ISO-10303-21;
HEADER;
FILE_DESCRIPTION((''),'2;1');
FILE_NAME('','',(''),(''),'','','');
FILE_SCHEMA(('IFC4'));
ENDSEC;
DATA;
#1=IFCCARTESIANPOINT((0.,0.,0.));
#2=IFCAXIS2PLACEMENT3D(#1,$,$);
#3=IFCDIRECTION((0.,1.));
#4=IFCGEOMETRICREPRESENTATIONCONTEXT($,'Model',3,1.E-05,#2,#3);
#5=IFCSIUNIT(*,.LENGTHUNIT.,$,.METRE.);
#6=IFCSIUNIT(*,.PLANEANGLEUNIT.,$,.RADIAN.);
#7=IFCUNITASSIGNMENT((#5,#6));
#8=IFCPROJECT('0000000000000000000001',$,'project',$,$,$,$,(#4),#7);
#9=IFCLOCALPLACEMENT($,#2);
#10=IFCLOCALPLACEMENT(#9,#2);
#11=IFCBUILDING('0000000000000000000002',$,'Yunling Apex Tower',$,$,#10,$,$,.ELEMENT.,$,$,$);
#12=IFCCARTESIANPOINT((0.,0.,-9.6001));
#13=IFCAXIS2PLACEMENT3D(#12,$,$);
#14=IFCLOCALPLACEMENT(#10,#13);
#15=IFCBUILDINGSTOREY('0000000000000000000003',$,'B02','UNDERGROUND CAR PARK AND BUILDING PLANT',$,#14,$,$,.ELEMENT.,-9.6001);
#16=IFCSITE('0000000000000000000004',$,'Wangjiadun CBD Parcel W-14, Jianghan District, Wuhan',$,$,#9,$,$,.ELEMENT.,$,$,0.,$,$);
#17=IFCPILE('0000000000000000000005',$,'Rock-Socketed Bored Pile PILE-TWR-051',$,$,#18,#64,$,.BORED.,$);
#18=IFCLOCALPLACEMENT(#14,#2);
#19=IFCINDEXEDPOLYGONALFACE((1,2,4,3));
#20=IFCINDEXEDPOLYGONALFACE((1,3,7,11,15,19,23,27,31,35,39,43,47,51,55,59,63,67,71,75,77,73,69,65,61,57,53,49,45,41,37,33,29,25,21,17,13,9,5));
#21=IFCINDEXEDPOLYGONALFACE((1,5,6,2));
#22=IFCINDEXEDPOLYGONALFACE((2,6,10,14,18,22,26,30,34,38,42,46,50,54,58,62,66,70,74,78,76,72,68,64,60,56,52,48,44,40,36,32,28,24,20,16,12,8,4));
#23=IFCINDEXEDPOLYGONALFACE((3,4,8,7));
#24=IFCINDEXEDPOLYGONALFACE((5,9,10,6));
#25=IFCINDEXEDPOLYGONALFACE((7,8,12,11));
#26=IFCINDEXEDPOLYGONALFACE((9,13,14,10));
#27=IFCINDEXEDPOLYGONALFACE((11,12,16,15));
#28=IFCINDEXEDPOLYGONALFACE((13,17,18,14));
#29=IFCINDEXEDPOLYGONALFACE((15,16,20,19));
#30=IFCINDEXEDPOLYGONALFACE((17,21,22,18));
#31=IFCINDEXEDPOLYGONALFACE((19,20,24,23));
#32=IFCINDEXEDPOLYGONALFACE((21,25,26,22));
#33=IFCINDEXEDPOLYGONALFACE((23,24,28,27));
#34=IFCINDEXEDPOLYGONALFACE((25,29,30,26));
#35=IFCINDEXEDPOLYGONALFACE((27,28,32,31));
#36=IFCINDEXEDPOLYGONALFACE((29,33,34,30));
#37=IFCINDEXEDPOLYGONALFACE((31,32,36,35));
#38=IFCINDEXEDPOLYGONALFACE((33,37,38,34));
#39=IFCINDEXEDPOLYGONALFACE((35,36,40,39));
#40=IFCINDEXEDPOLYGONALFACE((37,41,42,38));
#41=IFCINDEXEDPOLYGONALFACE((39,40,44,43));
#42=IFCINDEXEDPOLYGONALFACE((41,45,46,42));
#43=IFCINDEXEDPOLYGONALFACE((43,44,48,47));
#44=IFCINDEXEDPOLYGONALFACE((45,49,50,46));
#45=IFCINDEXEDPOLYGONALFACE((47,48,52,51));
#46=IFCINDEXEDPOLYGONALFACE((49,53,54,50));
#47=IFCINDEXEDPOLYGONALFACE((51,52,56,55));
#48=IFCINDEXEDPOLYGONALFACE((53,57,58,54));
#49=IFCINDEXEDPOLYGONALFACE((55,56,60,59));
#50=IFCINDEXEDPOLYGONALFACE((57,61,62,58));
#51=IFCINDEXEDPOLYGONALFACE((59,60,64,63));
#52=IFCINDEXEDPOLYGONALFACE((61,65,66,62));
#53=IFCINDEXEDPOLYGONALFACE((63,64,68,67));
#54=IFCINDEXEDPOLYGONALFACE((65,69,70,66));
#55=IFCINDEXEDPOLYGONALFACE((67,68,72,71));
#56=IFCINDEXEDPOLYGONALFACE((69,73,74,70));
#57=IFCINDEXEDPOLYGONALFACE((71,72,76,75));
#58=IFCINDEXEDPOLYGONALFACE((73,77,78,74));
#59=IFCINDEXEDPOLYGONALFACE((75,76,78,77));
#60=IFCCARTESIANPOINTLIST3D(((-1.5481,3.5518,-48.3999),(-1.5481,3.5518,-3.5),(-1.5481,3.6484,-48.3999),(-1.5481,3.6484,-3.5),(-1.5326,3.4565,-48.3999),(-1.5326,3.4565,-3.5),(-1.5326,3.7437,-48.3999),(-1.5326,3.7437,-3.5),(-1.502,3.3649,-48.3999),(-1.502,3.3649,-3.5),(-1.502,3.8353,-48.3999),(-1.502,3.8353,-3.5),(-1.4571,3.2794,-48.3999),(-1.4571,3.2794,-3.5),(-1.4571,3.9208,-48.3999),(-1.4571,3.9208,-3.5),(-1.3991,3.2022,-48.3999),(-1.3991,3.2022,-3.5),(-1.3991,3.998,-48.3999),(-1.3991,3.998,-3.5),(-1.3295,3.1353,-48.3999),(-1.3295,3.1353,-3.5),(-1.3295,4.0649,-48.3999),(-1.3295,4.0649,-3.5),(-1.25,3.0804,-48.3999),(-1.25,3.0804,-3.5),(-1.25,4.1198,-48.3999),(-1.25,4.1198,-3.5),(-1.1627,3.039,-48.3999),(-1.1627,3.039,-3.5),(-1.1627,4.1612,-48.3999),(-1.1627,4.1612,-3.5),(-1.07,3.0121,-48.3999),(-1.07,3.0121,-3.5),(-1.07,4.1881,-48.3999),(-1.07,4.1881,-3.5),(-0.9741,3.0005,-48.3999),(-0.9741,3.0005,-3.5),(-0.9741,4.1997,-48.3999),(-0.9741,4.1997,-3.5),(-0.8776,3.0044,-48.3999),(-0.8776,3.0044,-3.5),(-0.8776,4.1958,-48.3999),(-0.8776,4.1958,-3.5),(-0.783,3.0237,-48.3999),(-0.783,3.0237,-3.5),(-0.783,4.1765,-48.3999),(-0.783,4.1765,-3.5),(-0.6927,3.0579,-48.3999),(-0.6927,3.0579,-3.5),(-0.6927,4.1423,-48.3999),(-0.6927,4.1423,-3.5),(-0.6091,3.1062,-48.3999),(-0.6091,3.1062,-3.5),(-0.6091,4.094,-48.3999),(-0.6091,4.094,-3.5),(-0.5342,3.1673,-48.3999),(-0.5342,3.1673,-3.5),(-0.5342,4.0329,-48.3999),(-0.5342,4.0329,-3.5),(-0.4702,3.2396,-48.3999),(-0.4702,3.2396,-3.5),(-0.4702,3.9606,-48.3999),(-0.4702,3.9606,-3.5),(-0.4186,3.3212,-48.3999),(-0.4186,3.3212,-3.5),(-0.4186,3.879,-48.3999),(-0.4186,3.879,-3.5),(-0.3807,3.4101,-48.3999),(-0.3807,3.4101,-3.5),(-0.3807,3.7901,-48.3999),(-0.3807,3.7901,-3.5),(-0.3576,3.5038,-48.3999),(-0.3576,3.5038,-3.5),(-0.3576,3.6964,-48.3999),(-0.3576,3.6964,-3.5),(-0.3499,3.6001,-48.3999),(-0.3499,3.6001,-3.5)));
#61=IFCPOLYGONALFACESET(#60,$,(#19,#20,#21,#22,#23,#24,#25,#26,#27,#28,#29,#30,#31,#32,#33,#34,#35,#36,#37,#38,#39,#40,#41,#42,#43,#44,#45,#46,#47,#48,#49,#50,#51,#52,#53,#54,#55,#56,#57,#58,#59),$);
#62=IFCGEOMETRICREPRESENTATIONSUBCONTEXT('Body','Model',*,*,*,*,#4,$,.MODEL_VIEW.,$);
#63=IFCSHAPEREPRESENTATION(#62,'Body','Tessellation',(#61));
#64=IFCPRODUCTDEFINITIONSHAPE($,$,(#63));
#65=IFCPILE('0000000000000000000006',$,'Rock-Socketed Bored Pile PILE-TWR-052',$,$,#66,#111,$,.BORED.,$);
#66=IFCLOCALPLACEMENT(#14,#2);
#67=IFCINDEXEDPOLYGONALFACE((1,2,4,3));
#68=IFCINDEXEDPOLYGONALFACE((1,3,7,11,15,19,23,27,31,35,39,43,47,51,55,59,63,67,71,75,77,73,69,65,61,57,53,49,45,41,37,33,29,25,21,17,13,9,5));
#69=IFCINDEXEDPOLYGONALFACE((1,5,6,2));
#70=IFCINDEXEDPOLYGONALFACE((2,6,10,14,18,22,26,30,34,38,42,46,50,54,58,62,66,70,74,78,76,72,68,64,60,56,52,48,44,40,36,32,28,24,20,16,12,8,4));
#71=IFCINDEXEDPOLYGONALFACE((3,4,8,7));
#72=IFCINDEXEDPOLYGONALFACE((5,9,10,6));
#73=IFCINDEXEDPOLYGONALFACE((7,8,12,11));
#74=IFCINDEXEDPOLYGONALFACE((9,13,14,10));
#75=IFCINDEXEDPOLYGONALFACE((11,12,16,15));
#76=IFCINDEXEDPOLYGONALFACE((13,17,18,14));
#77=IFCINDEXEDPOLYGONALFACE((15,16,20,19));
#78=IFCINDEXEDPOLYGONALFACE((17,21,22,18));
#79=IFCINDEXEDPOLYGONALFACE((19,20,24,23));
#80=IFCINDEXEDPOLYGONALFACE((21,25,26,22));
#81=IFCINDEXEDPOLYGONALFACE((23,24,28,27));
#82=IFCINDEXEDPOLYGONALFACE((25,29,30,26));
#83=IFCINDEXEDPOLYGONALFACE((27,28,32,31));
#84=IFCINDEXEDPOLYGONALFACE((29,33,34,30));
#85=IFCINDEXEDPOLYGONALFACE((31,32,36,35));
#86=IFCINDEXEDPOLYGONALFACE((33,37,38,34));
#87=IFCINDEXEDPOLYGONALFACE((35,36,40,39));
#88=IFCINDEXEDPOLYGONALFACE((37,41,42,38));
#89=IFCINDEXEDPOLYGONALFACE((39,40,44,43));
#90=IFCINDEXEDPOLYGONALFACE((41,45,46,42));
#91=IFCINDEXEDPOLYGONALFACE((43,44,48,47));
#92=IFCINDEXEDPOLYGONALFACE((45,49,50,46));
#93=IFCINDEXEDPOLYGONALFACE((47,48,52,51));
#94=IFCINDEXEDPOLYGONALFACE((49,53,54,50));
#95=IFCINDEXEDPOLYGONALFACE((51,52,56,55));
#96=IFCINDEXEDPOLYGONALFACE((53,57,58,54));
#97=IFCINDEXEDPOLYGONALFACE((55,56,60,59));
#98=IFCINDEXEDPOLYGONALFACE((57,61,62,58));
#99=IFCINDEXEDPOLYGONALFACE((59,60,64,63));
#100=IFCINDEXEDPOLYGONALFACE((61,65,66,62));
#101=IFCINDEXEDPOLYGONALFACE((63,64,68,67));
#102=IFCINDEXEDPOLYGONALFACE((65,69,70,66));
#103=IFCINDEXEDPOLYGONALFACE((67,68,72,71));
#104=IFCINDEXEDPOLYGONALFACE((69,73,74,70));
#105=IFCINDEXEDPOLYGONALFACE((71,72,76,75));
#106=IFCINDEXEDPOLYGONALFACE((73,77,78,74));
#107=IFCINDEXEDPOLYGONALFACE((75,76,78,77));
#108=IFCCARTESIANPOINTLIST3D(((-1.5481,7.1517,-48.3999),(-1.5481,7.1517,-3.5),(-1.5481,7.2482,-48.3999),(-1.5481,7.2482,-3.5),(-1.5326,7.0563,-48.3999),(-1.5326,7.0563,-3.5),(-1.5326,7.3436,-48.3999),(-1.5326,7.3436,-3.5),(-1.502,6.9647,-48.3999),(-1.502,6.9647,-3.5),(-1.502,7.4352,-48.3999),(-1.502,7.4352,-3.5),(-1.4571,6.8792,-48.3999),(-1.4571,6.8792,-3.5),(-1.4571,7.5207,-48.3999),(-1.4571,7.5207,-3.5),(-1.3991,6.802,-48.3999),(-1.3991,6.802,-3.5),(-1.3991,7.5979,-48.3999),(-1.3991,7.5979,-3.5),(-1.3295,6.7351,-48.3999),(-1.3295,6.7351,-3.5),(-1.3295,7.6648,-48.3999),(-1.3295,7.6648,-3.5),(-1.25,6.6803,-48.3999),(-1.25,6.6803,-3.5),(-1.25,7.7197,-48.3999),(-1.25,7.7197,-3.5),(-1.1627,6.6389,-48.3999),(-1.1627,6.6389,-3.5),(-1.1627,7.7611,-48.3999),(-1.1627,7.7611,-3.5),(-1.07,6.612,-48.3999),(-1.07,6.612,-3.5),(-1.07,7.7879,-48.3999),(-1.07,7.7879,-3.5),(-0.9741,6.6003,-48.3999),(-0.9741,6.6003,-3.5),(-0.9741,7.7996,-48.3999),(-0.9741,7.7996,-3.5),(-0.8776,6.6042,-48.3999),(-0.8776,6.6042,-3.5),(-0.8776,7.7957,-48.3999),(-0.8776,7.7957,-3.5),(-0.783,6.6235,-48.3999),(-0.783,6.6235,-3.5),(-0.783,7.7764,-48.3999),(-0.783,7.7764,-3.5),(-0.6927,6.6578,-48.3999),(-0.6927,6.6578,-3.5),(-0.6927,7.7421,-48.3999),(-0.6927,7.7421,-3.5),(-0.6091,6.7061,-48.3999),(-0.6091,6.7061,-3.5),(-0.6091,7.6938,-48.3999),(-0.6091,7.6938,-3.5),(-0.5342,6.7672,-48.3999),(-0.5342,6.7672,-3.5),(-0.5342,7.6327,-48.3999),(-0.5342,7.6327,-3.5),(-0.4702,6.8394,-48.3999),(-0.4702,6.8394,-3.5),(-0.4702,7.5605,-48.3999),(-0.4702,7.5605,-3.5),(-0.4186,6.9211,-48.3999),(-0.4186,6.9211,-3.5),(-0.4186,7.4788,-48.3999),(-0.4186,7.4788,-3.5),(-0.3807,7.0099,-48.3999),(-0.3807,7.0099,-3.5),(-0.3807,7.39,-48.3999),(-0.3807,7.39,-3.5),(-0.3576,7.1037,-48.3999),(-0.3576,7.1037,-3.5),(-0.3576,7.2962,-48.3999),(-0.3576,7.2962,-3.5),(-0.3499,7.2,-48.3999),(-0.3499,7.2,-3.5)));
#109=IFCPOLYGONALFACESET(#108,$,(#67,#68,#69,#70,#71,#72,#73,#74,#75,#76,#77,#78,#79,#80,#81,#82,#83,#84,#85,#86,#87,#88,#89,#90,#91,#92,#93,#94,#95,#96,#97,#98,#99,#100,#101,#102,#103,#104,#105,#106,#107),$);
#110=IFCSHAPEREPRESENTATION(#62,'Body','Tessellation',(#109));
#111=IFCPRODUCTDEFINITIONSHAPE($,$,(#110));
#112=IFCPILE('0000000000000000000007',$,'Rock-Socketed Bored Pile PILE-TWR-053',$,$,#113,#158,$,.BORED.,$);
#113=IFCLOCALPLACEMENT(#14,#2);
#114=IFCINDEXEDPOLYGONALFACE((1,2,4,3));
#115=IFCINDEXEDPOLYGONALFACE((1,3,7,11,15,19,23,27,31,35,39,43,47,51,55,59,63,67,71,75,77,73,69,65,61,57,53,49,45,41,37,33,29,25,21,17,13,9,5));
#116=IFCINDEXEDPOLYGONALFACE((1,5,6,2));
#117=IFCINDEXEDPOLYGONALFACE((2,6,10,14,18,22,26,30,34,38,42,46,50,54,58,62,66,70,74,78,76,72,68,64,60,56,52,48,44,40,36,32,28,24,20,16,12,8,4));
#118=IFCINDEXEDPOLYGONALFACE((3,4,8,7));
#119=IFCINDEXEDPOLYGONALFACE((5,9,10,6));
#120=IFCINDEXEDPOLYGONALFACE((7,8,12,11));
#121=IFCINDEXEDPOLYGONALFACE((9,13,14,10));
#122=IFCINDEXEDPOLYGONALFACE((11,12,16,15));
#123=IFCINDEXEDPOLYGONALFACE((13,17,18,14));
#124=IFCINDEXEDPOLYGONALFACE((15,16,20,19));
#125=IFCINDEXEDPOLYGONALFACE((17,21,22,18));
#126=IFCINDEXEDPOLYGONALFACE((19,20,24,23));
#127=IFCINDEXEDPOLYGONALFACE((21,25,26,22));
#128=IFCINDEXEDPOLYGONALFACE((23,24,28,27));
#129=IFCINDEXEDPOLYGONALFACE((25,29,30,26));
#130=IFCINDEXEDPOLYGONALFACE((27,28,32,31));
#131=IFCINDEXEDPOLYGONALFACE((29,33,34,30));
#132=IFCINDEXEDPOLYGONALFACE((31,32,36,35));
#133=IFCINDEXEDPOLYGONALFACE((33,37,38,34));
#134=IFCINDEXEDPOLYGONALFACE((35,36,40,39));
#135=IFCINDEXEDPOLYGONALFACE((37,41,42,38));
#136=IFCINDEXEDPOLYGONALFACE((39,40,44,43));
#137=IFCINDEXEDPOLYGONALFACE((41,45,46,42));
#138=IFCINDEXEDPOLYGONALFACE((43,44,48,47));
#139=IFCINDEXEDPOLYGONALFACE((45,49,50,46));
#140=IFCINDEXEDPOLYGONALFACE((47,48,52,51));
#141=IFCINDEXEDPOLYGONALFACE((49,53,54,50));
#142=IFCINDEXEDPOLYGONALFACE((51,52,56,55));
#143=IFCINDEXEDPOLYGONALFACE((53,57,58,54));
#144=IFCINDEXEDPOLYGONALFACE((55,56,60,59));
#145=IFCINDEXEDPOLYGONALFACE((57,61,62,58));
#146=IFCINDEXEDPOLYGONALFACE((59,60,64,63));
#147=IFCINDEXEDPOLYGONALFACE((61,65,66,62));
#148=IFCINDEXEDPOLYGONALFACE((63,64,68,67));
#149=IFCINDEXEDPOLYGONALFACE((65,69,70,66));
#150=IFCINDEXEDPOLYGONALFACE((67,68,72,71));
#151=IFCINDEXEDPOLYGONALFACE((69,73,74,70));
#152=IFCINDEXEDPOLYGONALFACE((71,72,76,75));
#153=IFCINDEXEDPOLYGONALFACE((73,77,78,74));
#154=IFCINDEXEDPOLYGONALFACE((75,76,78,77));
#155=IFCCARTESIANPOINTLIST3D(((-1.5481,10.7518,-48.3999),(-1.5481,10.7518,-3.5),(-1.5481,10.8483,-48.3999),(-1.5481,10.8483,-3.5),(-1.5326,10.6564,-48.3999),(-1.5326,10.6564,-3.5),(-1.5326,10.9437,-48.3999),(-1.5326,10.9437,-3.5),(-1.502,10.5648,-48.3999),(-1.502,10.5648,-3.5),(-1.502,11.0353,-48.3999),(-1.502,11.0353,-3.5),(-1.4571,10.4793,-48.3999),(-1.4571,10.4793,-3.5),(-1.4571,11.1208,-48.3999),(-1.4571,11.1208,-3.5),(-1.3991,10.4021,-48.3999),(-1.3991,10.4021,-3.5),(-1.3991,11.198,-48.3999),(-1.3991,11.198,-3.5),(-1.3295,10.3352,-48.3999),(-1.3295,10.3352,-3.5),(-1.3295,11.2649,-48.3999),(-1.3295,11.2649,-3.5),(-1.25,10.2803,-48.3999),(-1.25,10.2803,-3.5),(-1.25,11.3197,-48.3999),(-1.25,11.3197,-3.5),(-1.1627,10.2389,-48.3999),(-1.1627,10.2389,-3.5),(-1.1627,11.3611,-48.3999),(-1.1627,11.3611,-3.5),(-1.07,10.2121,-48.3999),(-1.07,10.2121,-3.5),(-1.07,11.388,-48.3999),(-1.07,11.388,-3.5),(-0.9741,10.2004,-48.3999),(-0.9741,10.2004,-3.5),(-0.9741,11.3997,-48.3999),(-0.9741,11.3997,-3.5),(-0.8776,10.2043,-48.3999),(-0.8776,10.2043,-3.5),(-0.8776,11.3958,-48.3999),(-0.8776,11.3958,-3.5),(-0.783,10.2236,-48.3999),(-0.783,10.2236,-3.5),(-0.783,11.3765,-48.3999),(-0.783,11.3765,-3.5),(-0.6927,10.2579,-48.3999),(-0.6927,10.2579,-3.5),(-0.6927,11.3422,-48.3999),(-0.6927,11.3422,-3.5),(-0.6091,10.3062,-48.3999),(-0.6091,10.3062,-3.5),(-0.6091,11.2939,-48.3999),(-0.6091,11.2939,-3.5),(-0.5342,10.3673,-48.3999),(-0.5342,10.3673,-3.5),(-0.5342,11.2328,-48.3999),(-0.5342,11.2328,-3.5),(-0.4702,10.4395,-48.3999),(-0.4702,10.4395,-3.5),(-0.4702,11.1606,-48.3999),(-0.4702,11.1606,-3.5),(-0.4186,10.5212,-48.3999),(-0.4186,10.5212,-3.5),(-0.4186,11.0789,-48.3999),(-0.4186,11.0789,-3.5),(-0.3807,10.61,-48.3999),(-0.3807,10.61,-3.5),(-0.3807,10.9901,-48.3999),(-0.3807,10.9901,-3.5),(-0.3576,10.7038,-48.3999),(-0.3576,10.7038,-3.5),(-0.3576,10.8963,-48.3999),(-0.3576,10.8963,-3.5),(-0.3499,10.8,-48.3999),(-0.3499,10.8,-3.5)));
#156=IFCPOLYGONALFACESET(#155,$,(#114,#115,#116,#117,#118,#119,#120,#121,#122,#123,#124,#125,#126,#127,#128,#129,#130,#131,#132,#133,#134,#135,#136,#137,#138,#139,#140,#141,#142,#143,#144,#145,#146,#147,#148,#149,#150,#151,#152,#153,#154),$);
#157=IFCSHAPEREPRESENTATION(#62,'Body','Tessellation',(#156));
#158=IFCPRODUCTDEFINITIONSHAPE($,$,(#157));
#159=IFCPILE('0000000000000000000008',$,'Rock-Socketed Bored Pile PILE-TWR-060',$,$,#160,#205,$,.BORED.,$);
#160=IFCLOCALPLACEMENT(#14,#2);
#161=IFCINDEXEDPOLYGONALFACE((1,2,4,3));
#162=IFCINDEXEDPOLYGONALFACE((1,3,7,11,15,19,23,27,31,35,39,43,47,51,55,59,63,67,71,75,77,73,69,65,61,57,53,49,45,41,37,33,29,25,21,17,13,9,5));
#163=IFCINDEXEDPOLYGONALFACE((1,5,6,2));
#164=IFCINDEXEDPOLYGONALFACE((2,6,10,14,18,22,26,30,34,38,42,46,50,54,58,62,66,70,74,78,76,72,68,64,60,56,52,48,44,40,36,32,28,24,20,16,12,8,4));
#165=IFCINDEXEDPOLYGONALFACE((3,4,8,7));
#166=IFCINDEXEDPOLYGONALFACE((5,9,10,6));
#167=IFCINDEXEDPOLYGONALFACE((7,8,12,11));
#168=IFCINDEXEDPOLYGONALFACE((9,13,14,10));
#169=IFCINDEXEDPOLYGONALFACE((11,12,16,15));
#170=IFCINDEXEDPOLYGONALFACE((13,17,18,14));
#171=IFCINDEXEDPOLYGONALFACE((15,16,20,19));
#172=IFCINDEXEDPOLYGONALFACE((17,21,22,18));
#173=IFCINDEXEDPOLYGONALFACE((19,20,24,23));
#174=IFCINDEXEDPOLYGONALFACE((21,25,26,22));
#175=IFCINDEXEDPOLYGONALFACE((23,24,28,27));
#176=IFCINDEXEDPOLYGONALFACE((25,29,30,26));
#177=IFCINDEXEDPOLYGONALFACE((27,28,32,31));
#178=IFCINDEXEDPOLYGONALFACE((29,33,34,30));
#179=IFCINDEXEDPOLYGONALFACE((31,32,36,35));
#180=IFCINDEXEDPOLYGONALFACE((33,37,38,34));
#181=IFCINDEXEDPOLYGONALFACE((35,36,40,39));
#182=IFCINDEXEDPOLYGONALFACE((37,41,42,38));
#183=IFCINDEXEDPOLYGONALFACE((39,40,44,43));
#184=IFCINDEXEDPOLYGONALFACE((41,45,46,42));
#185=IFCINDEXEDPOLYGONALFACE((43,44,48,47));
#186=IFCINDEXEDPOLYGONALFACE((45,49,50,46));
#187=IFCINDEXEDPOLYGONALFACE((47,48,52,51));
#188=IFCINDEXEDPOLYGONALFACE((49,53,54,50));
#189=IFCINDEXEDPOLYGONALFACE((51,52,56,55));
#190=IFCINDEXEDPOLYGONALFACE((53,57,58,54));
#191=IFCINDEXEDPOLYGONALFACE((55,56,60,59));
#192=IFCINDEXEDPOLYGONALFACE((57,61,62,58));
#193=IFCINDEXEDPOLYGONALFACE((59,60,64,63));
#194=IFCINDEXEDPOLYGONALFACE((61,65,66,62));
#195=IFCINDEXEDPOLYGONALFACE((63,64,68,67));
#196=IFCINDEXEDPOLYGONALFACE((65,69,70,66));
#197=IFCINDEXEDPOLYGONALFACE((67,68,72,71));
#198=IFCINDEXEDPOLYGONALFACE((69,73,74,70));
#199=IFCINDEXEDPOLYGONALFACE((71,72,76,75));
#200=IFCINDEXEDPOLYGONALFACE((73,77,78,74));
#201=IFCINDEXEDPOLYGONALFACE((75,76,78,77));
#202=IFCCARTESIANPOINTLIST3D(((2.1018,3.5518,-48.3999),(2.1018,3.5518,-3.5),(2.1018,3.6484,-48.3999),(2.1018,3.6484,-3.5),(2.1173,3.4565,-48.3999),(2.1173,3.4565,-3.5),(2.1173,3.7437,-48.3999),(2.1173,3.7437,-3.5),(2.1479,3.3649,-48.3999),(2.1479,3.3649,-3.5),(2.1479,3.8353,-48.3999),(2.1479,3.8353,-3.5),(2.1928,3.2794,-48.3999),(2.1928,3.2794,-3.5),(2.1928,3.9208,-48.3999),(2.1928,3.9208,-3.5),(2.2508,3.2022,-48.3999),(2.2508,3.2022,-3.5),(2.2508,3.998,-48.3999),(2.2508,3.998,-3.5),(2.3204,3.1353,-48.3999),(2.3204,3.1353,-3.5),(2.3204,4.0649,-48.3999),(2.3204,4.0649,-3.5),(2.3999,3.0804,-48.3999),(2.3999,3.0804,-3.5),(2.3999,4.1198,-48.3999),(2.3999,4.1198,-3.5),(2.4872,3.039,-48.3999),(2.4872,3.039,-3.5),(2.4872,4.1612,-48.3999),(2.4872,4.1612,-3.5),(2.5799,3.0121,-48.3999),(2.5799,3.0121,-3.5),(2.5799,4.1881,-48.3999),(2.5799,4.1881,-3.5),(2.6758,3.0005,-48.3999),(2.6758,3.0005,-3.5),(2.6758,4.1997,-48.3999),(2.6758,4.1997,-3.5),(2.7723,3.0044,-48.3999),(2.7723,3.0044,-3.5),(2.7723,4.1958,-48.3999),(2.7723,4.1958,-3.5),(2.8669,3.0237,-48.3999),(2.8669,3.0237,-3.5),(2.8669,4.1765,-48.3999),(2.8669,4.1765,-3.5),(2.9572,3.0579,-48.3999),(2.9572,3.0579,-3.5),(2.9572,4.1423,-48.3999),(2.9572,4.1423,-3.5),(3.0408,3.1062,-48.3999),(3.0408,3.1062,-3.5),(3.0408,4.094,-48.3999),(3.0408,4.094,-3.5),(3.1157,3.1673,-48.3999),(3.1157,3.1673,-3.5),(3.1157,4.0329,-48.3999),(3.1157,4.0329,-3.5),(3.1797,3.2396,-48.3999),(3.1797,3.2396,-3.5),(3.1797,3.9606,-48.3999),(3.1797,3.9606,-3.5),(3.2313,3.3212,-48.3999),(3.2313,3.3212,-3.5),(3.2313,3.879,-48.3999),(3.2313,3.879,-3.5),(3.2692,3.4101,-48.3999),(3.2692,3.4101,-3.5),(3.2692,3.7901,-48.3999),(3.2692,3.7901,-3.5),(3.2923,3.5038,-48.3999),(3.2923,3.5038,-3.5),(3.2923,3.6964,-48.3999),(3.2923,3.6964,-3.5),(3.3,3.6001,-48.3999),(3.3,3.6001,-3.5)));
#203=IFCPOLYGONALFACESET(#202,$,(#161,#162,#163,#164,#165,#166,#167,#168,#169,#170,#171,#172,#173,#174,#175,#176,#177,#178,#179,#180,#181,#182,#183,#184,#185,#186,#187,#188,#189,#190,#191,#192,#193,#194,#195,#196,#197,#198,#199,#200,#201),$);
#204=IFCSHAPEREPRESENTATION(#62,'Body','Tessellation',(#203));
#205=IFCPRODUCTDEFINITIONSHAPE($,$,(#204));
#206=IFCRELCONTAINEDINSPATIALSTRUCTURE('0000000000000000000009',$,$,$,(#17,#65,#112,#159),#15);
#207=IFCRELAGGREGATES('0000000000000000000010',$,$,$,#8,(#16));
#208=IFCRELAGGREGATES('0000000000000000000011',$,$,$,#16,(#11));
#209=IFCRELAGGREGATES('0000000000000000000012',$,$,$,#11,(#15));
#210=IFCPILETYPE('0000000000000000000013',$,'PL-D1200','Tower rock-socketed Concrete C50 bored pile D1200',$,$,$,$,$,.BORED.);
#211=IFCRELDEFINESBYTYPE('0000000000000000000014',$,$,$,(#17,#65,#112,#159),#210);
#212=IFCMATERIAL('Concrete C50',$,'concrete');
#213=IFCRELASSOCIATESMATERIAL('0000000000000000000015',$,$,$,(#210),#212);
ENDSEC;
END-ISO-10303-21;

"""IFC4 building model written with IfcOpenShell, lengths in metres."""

from ifc_helpers import new_model, si_unit, direction, frame, origin, origin_2d, place, context, subcontext, project, spatial, circle, extrude, source, transform, mapped, material, material_profile, profile_set, type_object, element, save


model = new_model("IFC4")

# Units and contexts
model_context = context("Model", 3, precision=1e-05, world=origin(), true_north=direction((0.0, 1.0)))
body_context = subcontext(model_context, "Body", "Model", "MODEL_VIEW")
ifc_project = project(units=[si_unit("LENGTHUNIT", "METRE"), si_unit("PLANEANGLEUNIT", "RADIAN")], contexts=[model_context])

# Site, building, storey
site_placement = place(None, origin())
site = spatial("IfcSite", under=ifc_project, at=site_placement, Name="Wangjiadun CBD Parcel W-14, Jianghan District, Wuhan", CompositionType="ELEMENT", RefElevation=0.0)
building_placement = place(site_placement, origin())
building = spatial("IfcBuilding", under=site, at=building_placement, Name="Yunling Apex Tower", CompositionType="ELEMENT")
storey_placement = place(building_placement, frame((0.0, 0.0, -9.6001)))
storey = spatial("IfcBuildingStorey", under=building, at=storey_placement, Name="B02", Description="UNDERGROUND CAR PARK AND BUILDING PLANT", CompositionType="ELEMENT", Elevation=-9.6001)

# Piles
ifc_material_1 = material(Name="Concrete C50", Category="concrete")
ifc_material_profile_1 = material_profile(ifc_material_1, circle(Radius=0.6001, at=origin_2d()))
ifc_profile_set_1 = profile_set([ifc_material_profile_1], Name="Concrete C50")
pile_type = type_object("IfcPileType", Name="PL-D1200", Description="Tower rock-socketed Concrete C50 bored pile D1200", PredefinedType="BORED", material=ifc_profile_set_1)
shared_shape_1 = source(origin(), body_context, "Body", "SweptSolid", [
    extrude(circle(Radius=0.6001, at=origin_2d()), origin(), (0.0, 0.0, 1.0), 44.8999),
])
for number, where, z_axis, x_axis, name in (
    (1, (-0.95, 3.6001, -3.5), (0.0, 0.0, -1.0), (1.0, 0.0, 0.0), "Rock-Socketed Bored Pile PILE-TWR-051"),
    (2, (-0.95, 7.2, -3.5), (0.0, 0.0, -1.0), (1.0, 0.0, 0.0), "Rock-Socketed Bored Pile PILE-TWR-052"),
    (3, (-0.95, 10.8, -3.5), (0.0, 0.0, -1.0), (1.0, 0.0, 0.0), "Rock-Socketed Bored Pile PILE-TWR-053"),
    (4, (2.7, 3.6001, -3.5), (0.0, 0.0, -1.0), (1.0, 0.0, 0.0), "Rock-Socketed Bored Pile PILE-TWR-060"),
):
    element("IfcPile", number, at=place(storey_placement, frame(where, z_axis=z_axis, x_axis=x_axis)), inside=storey, type_object=pile_type, Name=name, PredefinedType="BORED", context=body_context, shape_type="MappedRepresentation", body=[
        mapped(shared_shape_1, transform((0.0, 0.0, 0.0), scale=1.0)),
    ])

save(model, "model.ifc")
